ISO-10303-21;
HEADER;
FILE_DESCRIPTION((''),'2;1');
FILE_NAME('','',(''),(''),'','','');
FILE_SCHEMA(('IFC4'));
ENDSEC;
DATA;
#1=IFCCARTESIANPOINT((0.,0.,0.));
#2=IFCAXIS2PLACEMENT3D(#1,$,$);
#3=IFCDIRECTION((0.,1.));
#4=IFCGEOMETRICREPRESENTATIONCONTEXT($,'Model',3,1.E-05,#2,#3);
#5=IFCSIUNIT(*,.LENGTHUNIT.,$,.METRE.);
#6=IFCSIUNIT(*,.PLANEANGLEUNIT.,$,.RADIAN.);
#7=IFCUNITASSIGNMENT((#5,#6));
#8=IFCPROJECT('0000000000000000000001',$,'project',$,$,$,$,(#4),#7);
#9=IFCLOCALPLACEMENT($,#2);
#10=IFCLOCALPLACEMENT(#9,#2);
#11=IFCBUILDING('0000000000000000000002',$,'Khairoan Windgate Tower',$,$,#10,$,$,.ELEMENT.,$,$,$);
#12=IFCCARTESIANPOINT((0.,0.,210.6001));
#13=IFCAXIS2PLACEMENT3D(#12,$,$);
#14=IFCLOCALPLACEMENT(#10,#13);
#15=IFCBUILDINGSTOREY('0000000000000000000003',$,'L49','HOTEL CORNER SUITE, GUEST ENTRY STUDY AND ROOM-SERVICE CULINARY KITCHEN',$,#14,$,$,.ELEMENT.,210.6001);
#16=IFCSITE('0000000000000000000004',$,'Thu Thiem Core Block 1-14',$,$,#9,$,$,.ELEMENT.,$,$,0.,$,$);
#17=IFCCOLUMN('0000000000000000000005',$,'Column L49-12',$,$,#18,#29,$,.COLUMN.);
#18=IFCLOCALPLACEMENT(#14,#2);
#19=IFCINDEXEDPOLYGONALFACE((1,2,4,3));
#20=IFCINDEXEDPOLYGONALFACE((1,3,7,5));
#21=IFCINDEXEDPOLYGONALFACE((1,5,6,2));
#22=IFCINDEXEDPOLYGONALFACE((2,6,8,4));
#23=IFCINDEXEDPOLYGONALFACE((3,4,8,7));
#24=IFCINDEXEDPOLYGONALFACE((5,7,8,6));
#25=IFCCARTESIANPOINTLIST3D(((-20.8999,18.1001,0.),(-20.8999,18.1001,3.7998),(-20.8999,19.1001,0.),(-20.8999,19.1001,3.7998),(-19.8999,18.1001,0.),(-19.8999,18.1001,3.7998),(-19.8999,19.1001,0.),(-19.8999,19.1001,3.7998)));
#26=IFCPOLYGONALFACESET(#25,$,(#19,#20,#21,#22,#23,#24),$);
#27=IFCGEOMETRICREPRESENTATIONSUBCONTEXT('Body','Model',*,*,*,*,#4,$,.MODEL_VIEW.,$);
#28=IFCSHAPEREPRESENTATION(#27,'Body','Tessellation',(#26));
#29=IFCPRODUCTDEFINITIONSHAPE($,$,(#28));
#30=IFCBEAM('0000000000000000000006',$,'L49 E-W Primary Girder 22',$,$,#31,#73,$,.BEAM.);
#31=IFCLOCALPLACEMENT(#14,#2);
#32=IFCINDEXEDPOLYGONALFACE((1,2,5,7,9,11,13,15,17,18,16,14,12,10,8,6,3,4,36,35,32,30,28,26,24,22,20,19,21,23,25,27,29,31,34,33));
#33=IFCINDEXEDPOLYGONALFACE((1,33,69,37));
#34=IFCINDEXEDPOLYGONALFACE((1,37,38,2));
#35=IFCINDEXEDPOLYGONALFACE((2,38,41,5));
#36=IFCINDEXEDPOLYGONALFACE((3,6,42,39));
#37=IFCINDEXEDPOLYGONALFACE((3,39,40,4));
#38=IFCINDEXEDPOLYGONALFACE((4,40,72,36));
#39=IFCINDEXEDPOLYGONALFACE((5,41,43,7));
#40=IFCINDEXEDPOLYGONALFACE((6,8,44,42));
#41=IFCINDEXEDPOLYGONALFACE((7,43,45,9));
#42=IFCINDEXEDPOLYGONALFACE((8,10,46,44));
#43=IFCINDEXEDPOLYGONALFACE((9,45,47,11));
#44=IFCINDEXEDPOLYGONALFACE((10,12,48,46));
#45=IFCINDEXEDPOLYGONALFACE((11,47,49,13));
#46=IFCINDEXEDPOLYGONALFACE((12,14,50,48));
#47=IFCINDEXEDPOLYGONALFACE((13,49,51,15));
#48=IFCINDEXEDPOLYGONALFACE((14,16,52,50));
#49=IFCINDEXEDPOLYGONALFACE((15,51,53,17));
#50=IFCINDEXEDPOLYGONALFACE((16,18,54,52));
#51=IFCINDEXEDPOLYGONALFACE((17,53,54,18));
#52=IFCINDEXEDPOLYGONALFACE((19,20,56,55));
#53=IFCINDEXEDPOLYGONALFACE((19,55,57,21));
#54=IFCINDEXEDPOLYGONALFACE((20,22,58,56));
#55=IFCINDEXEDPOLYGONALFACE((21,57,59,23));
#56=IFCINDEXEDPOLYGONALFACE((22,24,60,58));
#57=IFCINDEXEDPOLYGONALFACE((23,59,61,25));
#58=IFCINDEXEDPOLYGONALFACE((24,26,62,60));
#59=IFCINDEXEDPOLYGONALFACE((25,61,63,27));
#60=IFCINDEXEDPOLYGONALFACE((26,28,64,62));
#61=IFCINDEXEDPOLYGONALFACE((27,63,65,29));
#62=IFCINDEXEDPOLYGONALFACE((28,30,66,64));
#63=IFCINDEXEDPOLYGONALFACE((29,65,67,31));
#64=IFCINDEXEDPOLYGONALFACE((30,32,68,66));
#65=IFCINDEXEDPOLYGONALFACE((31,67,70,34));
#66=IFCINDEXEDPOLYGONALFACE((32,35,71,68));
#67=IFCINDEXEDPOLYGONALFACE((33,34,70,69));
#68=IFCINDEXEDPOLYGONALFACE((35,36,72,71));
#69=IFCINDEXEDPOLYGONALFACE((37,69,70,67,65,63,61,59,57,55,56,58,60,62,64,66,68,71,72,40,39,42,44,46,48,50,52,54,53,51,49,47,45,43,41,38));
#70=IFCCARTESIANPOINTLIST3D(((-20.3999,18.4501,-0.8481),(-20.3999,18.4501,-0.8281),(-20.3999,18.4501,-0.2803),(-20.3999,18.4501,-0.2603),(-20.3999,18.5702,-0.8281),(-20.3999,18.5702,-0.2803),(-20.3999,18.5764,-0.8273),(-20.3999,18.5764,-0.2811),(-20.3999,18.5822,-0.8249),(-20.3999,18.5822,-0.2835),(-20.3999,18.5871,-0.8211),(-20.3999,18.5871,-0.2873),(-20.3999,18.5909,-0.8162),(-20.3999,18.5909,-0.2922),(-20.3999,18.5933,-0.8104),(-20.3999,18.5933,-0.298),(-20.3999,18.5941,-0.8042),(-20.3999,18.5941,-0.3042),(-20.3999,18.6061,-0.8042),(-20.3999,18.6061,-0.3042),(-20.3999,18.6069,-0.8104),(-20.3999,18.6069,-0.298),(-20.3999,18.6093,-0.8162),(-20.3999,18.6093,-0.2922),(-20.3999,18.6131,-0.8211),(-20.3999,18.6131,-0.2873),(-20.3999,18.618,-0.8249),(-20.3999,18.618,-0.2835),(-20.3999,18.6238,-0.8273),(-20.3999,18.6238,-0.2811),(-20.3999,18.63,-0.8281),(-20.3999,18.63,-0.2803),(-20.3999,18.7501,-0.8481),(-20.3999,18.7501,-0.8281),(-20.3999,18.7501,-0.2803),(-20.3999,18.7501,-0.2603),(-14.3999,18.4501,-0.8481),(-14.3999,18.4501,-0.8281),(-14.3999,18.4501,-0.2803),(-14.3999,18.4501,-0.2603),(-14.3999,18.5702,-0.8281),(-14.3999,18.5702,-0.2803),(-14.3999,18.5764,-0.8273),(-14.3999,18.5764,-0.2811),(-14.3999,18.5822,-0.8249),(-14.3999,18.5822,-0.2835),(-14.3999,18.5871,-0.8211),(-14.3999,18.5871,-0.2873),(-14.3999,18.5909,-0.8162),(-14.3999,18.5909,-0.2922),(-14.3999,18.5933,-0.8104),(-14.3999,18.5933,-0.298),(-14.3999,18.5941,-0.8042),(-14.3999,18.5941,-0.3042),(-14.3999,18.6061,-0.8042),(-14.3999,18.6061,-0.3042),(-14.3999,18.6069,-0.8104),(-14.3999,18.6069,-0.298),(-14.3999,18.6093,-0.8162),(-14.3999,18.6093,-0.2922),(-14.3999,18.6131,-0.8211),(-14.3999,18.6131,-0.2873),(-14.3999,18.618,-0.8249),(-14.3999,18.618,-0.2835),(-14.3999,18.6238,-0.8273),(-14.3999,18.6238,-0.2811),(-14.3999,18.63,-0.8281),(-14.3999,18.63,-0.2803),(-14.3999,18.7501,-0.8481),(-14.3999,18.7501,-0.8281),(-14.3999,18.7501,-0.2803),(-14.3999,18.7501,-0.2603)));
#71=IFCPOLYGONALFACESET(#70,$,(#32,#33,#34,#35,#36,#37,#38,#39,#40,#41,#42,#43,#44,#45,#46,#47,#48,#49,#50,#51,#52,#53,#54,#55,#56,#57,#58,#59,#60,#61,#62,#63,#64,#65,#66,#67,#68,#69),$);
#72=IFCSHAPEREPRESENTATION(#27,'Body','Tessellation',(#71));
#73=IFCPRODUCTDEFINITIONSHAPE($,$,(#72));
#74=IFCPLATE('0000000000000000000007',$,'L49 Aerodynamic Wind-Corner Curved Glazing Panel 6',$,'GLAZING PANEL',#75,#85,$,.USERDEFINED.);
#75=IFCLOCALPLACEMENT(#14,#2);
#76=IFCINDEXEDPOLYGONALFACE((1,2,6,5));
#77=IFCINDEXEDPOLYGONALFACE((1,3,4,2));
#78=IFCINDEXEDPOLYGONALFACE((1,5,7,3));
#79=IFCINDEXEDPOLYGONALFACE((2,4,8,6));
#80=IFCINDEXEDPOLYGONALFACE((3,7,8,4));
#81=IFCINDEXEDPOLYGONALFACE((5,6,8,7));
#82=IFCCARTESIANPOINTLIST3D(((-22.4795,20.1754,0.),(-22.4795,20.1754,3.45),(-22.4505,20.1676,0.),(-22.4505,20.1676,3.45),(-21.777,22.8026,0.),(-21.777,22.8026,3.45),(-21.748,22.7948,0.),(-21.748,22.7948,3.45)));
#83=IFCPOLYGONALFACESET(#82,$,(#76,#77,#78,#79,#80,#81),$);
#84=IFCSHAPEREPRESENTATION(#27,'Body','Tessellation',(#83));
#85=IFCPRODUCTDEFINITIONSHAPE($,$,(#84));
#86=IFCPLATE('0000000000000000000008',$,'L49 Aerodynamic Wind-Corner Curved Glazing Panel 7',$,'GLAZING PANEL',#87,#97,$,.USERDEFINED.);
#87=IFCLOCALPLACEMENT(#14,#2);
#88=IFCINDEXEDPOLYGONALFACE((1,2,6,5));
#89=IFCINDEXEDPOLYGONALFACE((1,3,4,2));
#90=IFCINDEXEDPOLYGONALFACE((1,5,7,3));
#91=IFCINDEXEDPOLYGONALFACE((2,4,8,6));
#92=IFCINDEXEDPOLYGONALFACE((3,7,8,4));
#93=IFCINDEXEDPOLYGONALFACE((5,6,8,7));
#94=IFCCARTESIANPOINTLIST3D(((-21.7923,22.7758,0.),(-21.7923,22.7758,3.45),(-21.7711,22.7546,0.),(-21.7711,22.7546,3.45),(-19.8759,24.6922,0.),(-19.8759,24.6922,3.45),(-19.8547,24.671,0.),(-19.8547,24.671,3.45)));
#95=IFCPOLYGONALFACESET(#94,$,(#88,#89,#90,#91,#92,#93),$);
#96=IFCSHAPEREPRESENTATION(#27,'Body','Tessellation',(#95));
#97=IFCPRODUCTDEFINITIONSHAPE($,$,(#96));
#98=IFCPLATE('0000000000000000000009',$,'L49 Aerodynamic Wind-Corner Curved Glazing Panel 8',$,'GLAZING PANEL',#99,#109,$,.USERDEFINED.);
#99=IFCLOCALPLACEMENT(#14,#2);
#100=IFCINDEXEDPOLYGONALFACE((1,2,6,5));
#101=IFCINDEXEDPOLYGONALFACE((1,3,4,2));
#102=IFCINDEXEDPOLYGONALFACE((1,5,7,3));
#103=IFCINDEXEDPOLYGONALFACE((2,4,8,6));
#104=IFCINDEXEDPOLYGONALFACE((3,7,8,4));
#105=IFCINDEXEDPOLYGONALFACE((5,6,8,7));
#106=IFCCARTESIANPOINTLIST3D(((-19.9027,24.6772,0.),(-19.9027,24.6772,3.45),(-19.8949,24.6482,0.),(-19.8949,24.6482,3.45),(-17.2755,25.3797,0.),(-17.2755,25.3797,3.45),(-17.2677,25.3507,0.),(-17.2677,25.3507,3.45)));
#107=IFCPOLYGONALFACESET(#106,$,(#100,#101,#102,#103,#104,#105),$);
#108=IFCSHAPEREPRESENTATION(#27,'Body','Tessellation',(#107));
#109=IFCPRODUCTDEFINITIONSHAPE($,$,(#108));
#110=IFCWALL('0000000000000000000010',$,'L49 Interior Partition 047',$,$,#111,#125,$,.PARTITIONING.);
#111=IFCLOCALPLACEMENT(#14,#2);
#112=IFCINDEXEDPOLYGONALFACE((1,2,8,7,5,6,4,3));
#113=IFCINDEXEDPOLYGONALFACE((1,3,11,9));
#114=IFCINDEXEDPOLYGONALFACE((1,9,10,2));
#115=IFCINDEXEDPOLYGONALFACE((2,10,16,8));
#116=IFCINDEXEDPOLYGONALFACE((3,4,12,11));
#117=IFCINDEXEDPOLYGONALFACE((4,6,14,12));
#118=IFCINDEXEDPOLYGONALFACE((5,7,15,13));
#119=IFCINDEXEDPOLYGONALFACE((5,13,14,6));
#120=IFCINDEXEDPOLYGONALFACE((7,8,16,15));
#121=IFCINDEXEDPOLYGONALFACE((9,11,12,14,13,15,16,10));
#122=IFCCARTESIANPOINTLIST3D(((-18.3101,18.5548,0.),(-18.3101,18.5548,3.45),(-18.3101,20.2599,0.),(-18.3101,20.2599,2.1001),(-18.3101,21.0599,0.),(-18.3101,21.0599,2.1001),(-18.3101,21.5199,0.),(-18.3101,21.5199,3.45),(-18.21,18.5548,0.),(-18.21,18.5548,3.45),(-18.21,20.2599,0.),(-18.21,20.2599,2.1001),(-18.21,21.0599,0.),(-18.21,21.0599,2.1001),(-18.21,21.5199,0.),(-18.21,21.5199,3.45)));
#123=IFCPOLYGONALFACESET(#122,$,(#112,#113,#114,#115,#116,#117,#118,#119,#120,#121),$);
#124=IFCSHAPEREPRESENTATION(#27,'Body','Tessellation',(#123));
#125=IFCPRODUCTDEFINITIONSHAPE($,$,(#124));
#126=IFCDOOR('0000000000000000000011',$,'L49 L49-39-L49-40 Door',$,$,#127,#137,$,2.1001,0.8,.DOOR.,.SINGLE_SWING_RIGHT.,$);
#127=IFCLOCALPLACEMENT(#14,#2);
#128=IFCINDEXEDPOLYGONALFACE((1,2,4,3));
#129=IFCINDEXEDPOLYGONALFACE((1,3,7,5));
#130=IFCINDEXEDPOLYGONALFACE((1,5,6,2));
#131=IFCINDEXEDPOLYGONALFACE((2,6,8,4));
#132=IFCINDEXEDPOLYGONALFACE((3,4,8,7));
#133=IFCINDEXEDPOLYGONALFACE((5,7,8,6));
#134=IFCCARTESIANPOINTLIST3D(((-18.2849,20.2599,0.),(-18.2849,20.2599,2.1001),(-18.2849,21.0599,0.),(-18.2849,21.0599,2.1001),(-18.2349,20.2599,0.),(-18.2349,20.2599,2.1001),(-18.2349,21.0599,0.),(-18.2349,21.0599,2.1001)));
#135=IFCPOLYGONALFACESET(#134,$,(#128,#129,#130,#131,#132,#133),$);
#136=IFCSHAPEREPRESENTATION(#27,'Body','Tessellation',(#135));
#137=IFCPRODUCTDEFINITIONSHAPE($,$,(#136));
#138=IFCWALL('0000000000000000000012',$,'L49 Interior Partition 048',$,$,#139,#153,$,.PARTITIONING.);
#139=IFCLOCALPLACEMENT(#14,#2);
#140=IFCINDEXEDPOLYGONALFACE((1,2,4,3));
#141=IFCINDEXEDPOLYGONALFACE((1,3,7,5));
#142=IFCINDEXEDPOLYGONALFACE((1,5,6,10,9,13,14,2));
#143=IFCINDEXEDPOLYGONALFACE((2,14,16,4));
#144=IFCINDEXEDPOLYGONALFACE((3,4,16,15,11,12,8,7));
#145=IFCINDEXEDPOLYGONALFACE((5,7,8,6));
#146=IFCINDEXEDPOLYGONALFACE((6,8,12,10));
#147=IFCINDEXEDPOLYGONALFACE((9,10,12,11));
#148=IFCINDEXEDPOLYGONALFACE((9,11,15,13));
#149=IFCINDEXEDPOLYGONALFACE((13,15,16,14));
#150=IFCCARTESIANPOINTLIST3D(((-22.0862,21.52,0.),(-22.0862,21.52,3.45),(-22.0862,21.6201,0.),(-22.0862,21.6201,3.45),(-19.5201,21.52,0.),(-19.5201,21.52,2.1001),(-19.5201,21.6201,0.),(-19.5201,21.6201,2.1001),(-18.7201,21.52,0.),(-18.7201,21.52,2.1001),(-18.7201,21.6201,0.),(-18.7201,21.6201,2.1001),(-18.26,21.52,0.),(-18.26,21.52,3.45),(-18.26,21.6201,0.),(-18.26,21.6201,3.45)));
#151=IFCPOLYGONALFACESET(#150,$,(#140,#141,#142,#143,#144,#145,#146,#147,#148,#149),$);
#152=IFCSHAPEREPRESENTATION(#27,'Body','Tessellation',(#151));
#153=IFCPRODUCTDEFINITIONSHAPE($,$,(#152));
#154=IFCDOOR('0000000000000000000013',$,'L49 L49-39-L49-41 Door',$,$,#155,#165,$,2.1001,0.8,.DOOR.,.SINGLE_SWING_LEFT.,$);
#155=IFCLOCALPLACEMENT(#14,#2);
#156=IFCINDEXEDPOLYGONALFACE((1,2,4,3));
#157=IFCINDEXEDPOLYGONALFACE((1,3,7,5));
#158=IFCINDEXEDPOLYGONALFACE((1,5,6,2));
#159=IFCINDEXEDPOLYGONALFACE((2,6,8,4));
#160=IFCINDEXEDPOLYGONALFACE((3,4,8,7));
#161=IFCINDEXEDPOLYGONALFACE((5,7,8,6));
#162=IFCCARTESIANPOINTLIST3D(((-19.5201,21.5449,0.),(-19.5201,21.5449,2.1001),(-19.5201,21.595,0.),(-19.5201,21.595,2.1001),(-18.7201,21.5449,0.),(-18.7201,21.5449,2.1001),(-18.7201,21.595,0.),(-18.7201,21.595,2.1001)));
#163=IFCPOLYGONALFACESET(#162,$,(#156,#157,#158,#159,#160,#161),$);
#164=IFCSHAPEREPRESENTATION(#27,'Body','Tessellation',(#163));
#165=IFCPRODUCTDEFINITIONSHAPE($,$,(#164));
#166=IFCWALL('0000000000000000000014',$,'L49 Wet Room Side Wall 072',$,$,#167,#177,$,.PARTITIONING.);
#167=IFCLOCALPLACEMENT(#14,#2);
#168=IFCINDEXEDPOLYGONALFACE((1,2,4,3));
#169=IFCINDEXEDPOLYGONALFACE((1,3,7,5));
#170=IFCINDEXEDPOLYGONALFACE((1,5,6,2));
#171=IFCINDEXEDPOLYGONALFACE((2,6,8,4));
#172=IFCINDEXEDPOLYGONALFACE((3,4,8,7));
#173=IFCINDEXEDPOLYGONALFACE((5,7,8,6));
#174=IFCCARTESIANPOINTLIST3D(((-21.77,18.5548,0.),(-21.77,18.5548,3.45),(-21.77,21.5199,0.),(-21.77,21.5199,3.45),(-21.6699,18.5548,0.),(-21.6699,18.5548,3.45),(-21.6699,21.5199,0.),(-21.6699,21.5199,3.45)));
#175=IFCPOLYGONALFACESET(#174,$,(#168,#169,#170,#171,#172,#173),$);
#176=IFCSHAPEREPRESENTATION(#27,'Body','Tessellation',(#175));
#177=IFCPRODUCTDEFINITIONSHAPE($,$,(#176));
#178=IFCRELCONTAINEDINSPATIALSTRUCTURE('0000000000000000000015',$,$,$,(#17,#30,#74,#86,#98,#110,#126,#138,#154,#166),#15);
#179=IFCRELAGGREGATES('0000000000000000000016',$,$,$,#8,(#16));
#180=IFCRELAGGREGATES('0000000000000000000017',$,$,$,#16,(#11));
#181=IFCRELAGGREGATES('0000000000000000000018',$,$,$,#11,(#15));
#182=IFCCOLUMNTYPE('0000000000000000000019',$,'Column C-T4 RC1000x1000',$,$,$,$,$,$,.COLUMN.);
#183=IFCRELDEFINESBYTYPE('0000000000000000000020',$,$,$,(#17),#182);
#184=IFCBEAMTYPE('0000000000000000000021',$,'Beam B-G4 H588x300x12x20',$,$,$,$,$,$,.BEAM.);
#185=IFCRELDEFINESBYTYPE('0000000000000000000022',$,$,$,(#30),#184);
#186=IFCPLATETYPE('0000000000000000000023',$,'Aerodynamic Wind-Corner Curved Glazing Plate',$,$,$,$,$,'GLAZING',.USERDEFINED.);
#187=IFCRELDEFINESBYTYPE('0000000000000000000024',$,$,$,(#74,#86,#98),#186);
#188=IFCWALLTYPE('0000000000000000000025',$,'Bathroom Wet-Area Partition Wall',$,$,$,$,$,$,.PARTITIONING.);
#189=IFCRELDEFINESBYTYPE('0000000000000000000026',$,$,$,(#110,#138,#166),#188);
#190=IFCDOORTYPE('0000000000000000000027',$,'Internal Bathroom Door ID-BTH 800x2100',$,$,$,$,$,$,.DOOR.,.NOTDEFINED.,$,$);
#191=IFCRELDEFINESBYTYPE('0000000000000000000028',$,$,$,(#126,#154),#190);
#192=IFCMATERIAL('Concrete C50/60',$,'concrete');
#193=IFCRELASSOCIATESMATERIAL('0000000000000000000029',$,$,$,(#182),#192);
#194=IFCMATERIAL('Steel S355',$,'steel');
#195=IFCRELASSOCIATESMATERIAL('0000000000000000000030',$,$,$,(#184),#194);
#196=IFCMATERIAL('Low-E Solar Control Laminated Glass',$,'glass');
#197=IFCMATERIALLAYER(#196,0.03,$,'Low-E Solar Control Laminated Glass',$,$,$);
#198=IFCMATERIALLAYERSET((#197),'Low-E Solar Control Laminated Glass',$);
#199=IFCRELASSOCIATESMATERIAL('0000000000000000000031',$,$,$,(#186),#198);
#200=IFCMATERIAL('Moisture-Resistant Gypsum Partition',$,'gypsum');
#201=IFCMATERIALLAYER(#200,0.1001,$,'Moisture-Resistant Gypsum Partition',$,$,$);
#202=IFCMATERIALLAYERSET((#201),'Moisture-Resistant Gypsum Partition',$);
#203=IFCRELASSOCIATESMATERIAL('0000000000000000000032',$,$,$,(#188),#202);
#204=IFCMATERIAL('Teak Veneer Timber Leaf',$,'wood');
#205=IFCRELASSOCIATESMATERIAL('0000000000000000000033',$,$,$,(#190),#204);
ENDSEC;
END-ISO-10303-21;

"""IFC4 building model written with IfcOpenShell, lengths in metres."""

from ifc_helpers import new_model, si_unit, direction, frame, frame_2d, origin, origin_2d, place, context, subcontext, project, spatial, rectangle, i_section, extrude, material, layer, layer_set, material_profile, profile_set, type_object, element, fill, save


model = new_model("IFC4")

# Units and contexts
model_context = context("Model", 3, precision=1e-05, world=origin(), true_north=direction((0.0, 1.0)))
body_context = subcontext(model_context, "Body", "Model", "MODEL_VIEW")
ifc_project = project(units=[si_unit("LENGTHUNIT", "METRE"), si_unit("PLANEANGLEUNIT", "RADIAN")], contexts=[model_context])

# Site, building, storey
site_placement = place(None, origin())
site = spatial("IfcSite", under=ifc_project, at=site_placement, Name="Thu Thiem Core Block 1-14", CompositionType="ELEMENT", RefElevation=0.0)
building_placement = place(site_placement, origin())
building = spatial("IfcBuilding", under=site, at=building_placement, Name="Khairoan Windgate Tower", CompositionType="ELEMENT")
storey_placement = place(building_placement, frame((0.0, 0.0, 210.6001)))
storey = spatial("IfcBuildingStorey", under=building, at=storey_placement, Name="L49", Description="HOTEL CORNER SUITE, GUEST ENTRY STUDY AND ROOM-SERVICE CULINARY KITCHEN", CompositionType="ELEMENT", Elevation=210.6001)

# Column
ifc_material_1 = material(Name="Concrete C50/60", Category="concrete")
ifc_material_profile_1 = material_profile(ifc_material_1, rectangle(XDim=1.0, YDim=1.0, at=origin_2d()))
ifc_profile_set_1 = profile_set([ifc_material_profile_1], Name="Concrete C50/60")
column_type = type_object("IfcColumnType", Name="Column C-T4 RC1000x1000", PredefinedType="COLUMN", material=ifc_profile_set_1)
column_placement = place(storey_placement, frame((-20.3999, 18.6001, 0.0), z_axis=(0.0, 0.0, 1.0), x_axis=(1.0, 0.0, 0.0)))
element("IfcColumn", 1, at=column_placement, inside=storey, type_object=column_type, Name="Column L49-12", PredefinedType="COLUMN", context=body_context, shape_type="SweptSolid", body=[
    extrude(rectangle(XDim=1.0, YDim=1.0, at=origin_2d()), origin(), (0.0, 0.0, 1.0), 3.7998),
])

# Beam
ifc_material_2 = material(Name="Steel S355", Category="steel")
ifc_material_profile_2 = material_profile(ifc_material_2, i_section(OverallWidth=0.3, OverallDepth=0.5879, WebThickness=0.012, FlangeThickness=0.02, FilletRadius=0.0239, at=origin_2d()))
ifc_profile_set_2 = profile_set([ifc_material_profile_2], Name="Steel S355")
beam_type = type_object("IfcBeamType", Name="Beam B-G4 H588x300x12x20", PredefinedType="BEAM", material=ifc_profile_set_2)
beam_placement = place(storey_placement, frame((-20.3999, 18.6001, -0.5542), z_axis=(1.0, 0.0, 0.0), x_axis=(0.0, 1.0, 0.0)))
element("IfcBeam", 2, at=beam_placement, inside=storey, type_object=beam_type, Name="L49 E-W Primary Girder 22", PredefinedType="BEAM", context=body_context, shape_type="SweptSolid", body=[
    extrude(i_section(OverallWidth=0.3, OverallDepth=0.5879, WebThickness=0.012, FlangeThickness=0.02, FilletRadius=0.0239, at=origin_2d()), origin(), (0.0, 0.0, 1.0), 6.0),
])

# Plates
ifc_material_3 = material(Name="Low-E Solar Control Laminated Glass", Category="glass")
ifc_layer_1 = layer(ifc_material_3, 0.03, Name="Low-E Solar Control Laminated Glass")
ifc_layer_set_1 = layer_set([ifc_layer_1], Name="Low-E Solar Control Laminated Glass")
plate_type_1 = type_object("IfcPlateType", Name="Aerodynamic Wind-Corner Curved Glazing Plate", ElementType="GLAZING", PredefinedType="USERDEFINED", material=ifc_layer_set_1)
plate_1_placement = place(storey_placement, frame((-22.1138, 21.4851, 0.0), z_axis=(0.0, 0.0, 1.0), x_axis=(0.258313, 0.966061, 0.0)))
element("IfcPlate", 3, at=plate_1_placement, inside=storey, type_object=plate_type_1, Name="L49 Aerodynamic Wind-Corner Curved Glazing Panel 6", ObjectType="GLAZING PANEL", PredefinedType="USERDEFINED", context=body_context, shape_type="SweptSolid", body=[
    extrude(rectangle(XDim=2.7195, YDim=0.03, at=origin_2d()), origin(), (0.0, 0.0, 1.0), 3.45),
])
plate_2_placement = place(storey_placement, frame((-20.8235, 23.7234, 0.0), z_axis=(0.0, 0.0, 1.0), x_axis=(0.707107, 0.707107, 0.0)))
element("IfcPlate", 4, at=plate_2_placement, inside=storey, type_object=plate_type_1, Name="L49 Aerodynamic Wind-Corner Curved Glazing Panel 7", ObjectType="GLAZING PANEL", PredefinedType="USERDEFINED", context=body_context, shape_type="SweptSolid", body=[
    extrude(rectangle(XDim=2.7102, YDim=0.03, at=origin_2d()), origin(), (0.0, 0.0, 1.0), 3.45),
])
plate_3_placement = place(storey_placement, frame((-18.5852, 25.0139, 0.0), z_axis=(0.0, 0.0, 1.0), x_axis=(0.966061, 0.258313, 0.0)))
element("IfcPlate", 5, at=plate_3_placement, inside=storey, type_object=plate_type_1, Name="L49 Aerodynamic Wind-Corner Curved Glazing Panel 8", ObjectType="GLAZING PANEL", PredefinedType="USERDEFINED", context=body_context, shape_type="SweptSolid", body=[
    extrude(rectangle(XDim=2.7195, YDim=0.03, at=origin_2d()), origin(), (0.0, 0.0, 1.0), 3.45),
])

# Walls, openings, doors
ifc_material_4 = material(Name="Moisture-Resistant Gypsum Partition", Category="gypsum")
ifc_layer_2 = layer(ifc_material_4, 0.1001, Name="Moisture-Resistant Gypsum Partition")
ifc_layer_set_2 = layer_set([ifc_layer_2], Name="Moisture-Resistant Gypsum Partition")
wall_type_1 = type_object("IfcWallType", Name="Bathroom Wet-Area Partition Wall", PredefinedType="PARTITIONING", material=ifc_layer_set_2)
wall_1_placement = place(storey_placement, frame((-18.26, 18.5549, 0.0), z_axis=(0.0, 0.0, 1.0), x_axis=(0.0, 1.0, 0.0)))
wall_1 = element("IfcWall", 6, at=wall_1_placement, inside=storey, type_object=wall_type_1, Name="L49 Interior Partition 047", PredefinedType="PARTITIONING", context=body_context, shape_type="SweptSolid", body=[
    extrude(rectangle(XDim=2.9651, YDim=0.1001, at=frame_2d((1.4824, 0.0))), origin(), (0.0, 0.0, 1.0), 3.45),
])
opening_1_placement = place(wall_1_placement, frame((1.7051, 0.0, 0.0)))
opening_1 = element("IfcOpeningElement", 7, at=opening_1_placement, cuts=wall_1, PredefinedType="OPENING", context=body_context, shape_type="SweptSolid", body=[
    extrude(rectangle(XDim=0.8, YDim=2.1001, at=frame_2d((0.3999, 1.05))), frame((0.0, 0.0601, 0.0), z_axis=(0.0, -1.0, 0.0), x_axis=(1.0, 0.0, 0.0)), (0.0, 0.0, 1.0), 0.1201),
])
ifc_material_5 = material(Name="Teak Veneer Timber Leaf", Category="wood")
door_type_1 = type_object("IfcDoorType", Name="Internal Bathroom Door ID-BTH 800x2100", OperationType="NOTDEFINED", PredefinedType="DOOR", material=ifc_material_5)
door_1_placement = place(opening_1_placement, origin())
door_1 = element("IfcDoor", 8, at=door_1_placement, inside=storey, type_object=door_type_1, Name="L49 L49-39-L49-40 Door", OperationType="SINGLE_SWING_RIGHT", OverallHeight=2.1001, OverallWidth=0.8, PredefinedType="DOOR", context=body_context, shape_type="SweptSolid", body=[
    extrude(rectangle(XDim=0.8, YDim=2.1001, at=frame_2d((0.3999, 1.05))), frame((0.0, 0.0249, 0.0), z_axis=(0.0, -1.0, 0.0), x_axis=(1.0, 0.0, 0.0)), (0.0, 0.0, 1.0), 0.05),
])
fill(opening_1, door_1)
wall_2_placement = place(storey_placement, frame((-22.0862, 21.5701, 0.0), z_axis=(0.0, 0.0, 1.0), x_axis=(1.0, 0.0, 0.0)))
wall_2 = element("IfcWall", 9, at=wall_2_placement, inside=storey, type_object=wall_type_1, Name="L49 Interior Partition 048", PredefinedType="PARTITIONING", context=body_context, shape_type="SweptSolid", body=[
    extrude(rectangle(XDim=3.8262, YDim=0.1001, at=frame_2d((1.9131, 0.0))), origin(), (0.0, 0.0, 1.0), 3.45),
])
opening_2_placement = place(wall_2_placement, frame((2.5662, 0.0, 0.0)))
opening_2 = element("IfcOpeningElement", 10, at=opening_2_placement, cuts=wall_2, PredefinedType="OPENING", context=body_context, shape_type="SweptSolid", body=[
    extrude(rectangle(XDim=0.8, YDim=2.1001, at=frame_2d((0.3999, 1.05))), frame((0.0, 0.0601, 0.0), z_axis=(0.0, -1.0, 0.0), x_axis=(1.0, 0.0, 0.0)), (0.0, 0.0, 1.0), 0.1201),
])
door_2_placement = place(opening_2_placement, origin())
door_2 = element("IfcDoor", 11, at=door_2_placement, inside=storey, type_object=door_type_1, Name="L49 L49-39-L49-41 Door", OperationType="SINGLE_SWING_LEFT", OverallHeight=2.1001, OverallWidth=0.8, PredefinedType="DOOR", context=body_context, shape_type="SweptSolid", body=[
    extrude(rectangle(XDim=0.8, YDim=2.1001, at=frame_2d((0.3999, 1.05))), frame((0.0, 0.0249, 0.0), z_axis=(0.0, -1.0, 0.0), x_axis=(1.0, 0.0, 0.0)), (0.0, 0.0, 1.0), 0.05),
])
fill(opening_2, door_2)

# Wall
wall_3_placement = place(storey_placement, frame((-21.72, 18.5549, 0.0), z_axis=(0.0, 0.0, 1.0), x_axis=(0.0, 1.0, 0.0)))
element("IfcWall", 12, at=wall_3_placement, inside=storey, type_object=wall_type_1, Name="L49 Wet Room Side Wall 072", PredefinedType="PARTITIONING", context=body_context, shape_type="SweptSolid", body=[
    extrude(rectangle(XDim=2.9651, YDim=0.1001, at=frame_2d((1.4824, 0.0))), origin(), (0.0, 0.0, 1.0), 3.45),
])

save(model, "model.ifc")
